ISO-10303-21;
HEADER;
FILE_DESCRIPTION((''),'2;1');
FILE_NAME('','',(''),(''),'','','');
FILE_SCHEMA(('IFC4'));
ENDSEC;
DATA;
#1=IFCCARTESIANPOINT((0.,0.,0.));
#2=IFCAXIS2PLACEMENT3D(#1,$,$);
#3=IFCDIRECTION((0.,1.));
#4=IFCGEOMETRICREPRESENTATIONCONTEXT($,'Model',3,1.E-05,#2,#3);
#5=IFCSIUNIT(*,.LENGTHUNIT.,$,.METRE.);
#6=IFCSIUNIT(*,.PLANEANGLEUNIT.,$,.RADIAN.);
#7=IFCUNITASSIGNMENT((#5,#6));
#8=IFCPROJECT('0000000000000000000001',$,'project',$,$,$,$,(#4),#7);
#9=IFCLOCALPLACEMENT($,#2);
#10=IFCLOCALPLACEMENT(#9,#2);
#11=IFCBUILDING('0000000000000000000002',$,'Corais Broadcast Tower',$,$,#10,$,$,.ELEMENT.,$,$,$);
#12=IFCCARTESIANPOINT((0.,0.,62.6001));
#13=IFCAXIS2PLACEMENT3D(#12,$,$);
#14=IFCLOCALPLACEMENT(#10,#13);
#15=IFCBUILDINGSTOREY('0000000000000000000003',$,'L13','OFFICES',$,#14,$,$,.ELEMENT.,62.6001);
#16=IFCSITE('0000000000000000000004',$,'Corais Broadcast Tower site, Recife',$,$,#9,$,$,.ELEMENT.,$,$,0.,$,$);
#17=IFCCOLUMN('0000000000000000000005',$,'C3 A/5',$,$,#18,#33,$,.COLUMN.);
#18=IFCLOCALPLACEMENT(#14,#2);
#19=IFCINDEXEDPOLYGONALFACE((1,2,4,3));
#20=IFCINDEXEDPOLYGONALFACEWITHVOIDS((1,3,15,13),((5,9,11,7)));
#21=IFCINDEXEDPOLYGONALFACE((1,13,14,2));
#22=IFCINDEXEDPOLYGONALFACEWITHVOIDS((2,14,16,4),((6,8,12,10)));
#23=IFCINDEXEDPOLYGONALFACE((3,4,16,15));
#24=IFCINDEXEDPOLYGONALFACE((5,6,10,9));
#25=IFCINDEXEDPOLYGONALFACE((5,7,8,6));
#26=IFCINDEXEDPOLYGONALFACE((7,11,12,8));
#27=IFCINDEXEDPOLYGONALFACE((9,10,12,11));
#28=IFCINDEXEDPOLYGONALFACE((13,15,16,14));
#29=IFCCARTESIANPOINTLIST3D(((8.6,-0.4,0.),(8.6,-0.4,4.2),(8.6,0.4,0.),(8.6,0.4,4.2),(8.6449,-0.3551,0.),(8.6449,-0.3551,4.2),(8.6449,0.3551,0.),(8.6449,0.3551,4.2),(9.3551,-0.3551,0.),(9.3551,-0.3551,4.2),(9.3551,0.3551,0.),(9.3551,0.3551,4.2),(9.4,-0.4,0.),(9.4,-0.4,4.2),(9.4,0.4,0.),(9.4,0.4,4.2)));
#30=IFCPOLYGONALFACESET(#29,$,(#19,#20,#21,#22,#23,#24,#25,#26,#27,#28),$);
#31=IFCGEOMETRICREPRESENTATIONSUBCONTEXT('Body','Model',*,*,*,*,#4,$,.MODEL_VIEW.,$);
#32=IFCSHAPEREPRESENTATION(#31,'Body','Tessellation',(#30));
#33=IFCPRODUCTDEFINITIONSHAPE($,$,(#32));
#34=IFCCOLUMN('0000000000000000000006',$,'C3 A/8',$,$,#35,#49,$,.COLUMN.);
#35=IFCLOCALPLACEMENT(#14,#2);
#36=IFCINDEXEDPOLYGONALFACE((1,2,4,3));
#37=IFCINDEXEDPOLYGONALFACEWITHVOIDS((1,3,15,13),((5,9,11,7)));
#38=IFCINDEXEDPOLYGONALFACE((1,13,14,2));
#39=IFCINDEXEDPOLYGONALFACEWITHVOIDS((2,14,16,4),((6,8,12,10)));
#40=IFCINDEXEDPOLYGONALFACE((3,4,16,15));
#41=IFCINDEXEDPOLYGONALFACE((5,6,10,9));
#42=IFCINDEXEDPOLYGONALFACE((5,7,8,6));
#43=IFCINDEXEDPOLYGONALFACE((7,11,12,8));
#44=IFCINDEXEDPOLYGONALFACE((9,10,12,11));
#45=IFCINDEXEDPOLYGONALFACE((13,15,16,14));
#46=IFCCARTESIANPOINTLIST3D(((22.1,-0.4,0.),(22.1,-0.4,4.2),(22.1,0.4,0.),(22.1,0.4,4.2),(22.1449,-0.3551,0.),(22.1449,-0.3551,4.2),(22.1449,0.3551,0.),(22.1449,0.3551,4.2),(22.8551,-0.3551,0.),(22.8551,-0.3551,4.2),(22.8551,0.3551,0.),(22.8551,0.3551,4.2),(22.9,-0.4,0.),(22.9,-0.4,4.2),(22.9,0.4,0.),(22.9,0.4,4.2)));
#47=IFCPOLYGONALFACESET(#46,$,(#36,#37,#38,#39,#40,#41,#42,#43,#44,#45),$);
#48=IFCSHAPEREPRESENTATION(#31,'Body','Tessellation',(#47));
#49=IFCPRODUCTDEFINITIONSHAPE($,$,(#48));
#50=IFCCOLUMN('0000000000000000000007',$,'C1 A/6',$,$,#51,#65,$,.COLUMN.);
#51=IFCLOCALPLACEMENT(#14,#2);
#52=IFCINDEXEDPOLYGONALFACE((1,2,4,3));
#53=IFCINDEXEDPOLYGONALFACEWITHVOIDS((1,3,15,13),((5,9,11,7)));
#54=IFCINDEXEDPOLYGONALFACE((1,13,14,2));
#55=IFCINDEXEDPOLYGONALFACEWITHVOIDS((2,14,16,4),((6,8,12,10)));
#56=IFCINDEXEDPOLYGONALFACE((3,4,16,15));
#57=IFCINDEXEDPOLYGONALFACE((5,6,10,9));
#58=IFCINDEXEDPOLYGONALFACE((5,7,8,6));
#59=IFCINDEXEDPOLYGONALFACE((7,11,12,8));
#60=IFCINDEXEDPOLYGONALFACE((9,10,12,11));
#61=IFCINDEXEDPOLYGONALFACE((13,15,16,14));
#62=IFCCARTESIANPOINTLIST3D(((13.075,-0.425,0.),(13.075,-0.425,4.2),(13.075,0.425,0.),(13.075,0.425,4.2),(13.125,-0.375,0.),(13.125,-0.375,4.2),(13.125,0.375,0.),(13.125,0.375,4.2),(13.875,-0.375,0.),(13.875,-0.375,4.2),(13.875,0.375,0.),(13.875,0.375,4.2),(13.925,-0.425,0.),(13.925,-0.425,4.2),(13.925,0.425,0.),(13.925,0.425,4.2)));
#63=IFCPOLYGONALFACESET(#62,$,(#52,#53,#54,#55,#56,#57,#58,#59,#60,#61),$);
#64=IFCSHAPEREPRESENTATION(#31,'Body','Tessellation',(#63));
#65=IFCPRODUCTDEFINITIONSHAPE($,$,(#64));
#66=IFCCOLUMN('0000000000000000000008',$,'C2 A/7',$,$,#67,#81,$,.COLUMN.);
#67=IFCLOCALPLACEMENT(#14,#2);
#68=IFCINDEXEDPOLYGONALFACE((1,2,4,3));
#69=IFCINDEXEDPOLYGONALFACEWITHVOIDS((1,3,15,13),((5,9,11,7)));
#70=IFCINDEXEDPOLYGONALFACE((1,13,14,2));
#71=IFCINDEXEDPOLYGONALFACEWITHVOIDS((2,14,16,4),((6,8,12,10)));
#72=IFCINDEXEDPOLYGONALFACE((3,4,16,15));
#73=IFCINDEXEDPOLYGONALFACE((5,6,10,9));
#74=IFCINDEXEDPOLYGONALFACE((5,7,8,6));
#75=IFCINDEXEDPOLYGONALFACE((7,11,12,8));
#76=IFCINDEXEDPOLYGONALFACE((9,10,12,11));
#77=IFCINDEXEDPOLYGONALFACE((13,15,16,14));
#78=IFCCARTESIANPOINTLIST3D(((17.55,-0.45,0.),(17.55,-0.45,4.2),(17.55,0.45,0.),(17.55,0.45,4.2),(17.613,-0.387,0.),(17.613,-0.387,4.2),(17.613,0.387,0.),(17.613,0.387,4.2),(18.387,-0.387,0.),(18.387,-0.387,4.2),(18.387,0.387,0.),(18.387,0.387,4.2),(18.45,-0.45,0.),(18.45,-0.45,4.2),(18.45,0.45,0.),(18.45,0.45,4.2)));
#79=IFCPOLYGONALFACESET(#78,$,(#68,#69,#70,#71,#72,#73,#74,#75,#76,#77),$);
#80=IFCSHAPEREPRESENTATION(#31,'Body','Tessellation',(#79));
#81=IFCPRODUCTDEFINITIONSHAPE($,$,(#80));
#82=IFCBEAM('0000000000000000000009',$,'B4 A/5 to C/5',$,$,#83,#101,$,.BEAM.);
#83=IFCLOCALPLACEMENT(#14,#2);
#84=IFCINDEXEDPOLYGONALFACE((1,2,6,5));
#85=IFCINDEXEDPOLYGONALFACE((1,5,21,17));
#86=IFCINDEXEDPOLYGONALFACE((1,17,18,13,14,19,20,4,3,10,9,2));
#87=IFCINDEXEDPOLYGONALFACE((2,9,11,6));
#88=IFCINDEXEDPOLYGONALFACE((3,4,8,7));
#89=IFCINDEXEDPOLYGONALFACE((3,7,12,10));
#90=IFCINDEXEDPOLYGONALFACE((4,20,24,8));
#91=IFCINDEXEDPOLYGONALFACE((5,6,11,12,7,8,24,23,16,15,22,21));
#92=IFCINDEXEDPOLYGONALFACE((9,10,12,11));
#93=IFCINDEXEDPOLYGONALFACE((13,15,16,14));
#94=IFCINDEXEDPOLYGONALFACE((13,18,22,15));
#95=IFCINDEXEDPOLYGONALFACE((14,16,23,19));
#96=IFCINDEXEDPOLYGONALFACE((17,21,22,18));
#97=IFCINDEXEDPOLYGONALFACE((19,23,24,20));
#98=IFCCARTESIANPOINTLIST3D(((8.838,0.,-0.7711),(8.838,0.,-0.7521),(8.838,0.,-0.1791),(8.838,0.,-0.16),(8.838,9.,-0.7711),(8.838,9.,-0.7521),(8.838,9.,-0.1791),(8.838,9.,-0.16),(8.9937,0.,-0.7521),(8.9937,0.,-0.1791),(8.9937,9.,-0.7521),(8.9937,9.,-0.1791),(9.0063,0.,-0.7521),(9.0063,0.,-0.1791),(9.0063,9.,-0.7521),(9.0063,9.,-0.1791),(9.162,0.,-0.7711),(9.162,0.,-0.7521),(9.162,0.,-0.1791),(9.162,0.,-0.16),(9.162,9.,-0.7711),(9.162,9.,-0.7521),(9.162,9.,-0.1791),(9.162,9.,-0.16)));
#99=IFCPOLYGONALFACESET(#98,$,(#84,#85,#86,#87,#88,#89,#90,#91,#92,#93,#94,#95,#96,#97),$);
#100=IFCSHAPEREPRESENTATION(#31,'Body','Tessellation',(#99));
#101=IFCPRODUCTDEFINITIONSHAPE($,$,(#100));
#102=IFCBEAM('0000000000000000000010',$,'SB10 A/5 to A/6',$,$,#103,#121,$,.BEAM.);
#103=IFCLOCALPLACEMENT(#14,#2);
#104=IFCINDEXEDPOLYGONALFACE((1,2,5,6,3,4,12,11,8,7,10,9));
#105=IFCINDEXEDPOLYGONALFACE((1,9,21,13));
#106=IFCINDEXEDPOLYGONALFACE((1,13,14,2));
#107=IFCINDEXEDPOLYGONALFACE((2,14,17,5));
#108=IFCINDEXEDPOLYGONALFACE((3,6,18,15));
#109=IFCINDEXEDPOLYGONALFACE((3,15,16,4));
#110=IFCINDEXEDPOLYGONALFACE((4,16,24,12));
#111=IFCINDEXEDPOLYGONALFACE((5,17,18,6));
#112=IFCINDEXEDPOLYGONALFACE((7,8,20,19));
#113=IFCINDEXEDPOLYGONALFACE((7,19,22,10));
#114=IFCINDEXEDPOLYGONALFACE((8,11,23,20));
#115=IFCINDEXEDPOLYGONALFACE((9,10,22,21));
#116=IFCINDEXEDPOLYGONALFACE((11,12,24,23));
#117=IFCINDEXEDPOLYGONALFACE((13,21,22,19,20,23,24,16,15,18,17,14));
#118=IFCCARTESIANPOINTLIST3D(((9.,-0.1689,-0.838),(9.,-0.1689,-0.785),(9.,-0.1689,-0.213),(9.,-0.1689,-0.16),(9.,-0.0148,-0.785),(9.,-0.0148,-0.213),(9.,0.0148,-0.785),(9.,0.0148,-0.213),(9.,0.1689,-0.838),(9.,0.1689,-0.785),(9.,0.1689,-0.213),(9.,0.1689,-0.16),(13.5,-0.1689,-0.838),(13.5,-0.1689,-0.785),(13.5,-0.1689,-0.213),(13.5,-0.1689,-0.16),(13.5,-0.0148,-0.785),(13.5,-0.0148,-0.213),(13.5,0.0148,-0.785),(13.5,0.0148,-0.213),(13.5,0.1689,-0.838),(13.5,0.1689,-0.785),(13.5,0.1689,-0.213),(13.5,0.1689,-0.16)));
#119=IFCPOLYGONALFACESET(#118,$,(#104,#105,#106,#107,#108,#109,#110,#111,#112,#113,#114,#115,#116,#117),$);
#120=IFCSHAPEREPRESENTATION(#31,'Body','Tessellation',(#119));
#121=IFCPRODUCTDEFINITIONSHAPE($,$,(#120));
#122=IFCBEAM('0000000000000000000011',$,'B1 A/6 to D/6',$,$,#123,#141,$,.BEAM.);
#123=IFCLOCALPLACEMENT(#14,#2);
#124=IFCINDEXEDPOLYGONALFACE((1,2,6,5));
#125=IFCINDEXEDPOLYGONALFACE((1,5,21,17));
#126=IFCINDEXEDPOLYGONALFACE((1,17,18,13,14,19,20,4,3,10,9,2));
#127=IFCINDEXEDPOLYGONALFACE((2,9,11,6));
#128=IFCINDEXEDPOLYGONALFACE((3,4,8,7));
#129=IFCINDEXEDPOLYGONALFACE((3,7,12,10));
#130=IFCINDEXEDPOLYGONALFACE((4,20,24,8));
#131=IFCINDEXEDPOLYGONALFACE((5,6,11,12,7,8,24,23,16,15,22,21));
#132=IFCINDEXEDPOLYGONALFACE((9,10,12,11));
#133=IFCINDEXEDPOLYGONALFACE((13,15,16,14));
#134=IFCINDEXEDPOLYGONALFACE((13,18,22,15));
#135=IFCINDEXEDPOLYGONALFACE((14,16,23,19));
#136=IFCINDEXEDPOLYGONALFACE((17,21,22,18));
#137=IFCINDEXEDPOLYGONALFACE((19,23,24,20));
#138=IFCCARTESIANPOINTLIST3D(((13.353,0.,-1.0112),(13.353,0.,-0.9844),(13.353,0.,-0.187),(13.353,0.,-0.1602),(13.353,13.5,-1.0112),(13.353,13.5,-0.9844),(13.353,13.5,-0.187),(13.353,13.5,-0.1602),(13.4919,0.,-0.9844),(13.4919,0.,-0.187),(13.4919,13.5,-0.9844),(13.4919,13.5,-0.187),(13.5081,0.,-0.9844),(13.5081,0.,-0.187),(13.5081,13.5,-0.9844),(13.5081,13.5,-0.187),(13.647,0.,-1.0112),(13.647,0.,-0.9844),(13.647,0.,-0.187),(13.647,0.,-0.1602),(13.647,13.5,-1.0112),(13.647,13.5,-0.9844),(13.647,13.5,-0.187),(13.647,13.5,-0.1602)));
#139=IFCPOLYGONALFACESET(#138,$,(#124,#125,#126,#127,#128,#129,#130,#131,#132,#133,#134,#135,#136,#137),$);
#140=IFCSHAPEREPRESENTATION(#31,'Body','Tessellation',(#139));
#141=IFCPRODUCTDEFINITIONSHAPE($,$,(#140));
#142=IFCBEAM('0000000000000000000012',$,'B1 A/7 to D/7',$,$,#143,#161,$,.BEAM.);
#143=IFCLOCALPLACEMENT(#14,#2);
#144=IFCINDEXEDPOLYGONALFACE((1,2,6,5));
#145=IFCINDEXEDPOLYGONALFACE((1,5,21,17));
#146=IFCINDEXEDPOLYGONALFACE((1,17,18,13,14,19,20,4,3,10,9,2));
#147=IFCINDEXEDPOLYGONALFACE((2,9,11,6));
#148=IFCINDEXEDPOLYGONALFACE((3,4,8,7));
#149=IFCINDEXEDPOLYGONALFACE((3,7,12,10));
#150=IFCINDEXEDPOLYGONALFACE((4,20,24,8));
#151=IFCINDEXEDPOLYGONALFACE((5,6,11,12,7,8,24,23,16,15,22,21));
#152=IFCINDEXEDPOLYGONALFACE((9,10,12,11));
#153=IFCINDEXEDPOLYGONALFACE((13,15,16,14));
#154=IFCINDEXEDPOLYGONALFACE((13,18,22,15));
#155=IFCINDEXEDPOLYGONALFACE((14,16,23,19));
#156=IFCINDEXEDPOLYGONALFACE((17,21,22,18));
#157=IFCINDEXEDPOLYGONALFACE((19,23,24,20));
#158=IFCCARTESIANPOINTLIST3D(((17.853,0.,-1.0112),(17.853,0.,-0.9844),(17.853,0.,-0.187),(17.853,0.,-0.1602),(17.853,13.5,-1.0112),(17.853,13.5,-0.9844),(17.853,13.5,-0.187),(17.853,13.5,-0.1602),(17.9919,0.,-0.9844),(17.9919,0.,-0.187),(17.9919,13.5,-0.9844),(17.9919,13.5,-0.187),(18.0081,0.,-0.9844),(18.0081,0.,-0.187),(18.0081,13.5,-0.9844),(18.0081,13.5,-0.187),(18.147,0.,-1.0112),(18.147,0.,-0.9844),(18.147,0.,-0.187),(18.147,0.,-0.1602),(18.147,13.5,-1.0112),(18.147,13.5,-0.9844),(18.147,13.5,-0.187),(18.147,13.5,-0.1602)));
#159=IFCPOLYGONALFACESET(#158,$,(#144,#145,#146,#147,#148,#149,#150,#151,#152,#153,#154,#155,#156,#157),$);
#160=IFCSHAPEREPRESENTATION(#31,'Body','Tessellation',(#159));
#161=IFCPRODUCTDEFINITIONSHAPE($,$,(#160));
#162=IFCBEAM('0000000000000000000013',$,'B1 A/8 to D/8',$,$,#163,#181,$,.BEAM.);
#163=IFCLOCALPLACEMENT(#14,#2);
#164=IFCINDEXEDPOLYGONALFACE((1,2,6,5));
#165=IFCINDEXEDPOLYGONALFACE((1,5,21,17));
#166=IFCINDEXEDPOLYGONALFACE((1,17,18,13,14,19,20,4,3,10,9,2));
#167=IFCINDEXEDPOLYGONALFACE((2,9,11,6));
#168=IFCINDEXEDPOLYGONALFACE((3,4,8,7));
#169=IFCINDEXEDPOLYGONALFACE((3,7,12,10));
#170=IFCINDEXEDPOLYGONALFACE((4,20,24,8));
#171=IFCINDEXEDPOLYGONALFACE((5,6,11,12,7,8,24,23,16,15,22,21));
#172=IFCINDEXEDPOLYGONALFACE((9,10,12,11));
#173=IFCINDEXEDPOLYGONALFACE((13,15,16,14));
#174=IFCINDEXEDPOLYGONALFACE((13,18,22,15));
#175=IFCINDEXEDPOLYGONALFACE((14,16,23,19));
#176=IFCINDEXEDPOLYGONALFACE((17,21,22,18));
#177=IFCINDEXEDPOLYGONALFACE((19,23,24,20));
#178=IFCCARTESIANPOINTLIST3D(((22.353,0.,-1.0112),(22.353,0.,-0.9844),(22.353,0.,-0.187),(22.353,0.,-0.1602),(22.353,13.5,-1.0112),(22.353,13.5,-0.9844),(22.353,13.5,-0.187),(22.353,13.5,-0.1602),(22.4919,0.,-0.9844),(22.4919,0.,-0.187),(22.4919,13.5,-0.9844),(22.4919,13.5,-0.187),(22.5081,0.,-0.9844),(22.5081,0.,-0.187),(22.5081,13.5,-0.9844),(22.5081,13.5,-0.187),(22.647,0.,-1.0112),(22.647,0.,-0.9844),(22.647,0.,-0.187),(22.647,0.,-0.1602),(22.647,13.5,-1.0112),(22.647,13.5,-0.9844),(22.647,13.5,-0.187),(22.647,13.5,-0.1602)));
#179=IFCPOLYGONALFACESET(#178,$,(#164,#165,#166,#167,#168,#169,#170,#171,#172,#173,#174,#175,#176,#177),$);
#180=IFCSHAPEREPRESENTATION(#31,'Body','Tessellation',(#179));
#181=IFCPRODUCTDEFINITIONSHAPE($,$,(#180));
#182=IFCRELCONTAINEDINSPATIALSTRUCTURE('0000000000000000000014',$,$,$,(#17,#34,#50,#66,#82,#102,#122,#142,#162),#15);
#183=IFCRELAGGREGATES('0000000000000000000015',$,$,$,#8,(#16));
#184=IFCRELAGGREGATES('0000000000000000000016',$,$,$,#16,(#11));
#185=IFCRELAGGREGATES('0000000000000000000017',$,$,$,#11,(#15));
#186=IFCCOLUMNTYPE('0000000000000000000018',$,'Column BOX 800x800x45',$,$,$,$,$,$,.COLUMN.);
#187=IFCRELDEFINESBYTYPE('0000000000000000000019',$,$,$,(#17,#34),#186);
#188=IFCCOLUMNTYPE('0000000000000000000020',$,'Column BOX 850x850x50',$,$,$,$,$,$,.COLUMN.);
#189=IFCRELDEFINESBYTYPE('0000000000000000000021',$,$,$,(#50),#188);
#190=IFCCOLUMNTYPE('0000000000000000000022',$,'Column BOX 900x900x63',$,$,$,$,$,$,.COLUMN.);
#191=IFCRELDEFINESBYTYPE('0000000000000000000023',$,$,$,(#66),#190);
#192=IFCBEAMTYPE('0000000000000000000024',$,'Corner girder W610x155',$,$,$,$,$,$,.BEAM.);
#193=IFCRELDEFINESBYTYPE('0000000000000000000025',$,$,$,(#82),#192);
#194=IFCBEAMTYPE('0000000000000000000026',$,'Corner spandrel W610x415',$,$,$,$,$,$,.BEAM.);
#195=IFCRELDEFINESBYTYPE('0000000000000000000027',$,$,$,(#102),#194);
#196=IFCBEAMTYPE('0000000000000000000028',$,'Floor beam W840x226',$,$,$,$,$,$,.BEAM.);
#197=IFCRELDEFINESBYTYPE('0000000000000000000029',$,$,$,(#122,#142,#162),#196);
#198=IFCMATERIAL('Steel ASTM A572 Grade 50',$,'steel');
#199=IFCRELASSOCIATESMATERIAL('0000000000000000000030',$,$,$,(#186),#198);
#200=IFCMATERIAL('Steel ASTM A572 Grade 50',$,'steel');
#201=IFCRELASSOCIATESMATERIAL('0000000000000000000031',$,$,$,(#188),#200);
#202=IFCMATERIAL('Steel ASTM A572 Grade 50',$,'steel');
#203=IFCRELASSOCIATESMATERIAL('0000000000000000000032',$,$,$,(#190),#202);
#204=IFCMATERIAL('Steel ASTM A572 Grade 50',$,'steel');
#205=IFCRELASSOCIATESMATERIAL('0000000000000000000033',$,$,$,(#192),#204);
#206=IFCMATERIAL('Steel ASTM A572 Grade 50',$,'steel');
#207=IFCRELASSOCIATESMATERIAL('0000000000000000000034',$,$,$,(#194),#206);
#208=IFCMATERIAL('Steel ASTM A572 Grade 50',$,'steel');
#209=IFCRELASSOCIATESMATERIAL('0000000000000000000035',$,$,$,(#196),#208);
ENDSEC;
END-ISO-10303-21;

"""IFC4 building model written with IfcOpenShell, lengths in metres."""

from ifc_helpers import new_model, si_unit, direction, frame, origin, origin_2d, place, context, subcontext, project, spatial, hollow_rectangle, i_section, extrude, material, material_profile, profile_set, type_object, element, save


model = new_model("IFC4")

# Units and contexts
model_context = context("Model", 3, precision=1e-05, world=origin(), true_north=direction((0.0, 1.0)))
body_context = subcontext(model_context, "Body", "Model", "MODEL_VIEW")
ifc_project = project(units=[si_unit("LENGTHUNIT", "METRE"), si_unit("PLANEANGLEUNIT", "RADIAN")], contexts=[model_context])

# Site, building, storey
site_placement = place(None, origin())
site = spatial("IfcSite", under=ifc_project, at=site_placement, Name="Corais Broadcast Tower site, Recife", CompositionType="ELEMENT", RefElevation=0.0)
building_placement = place(site_placement, origin())
building = spatial("IfcBuilding", under=site, at=building_placement, Name="Corais Broadcast Tower", CompositionType="ELEMENT")
storey_placement = place(building_placement, frame((0.0, 0.0, 62.6001)))
storey = spatial("IfcBuildingStorey", under=building, at=storey_placement, Name="L13", Description="OFFICES", CompositionType="ELEMENT", Elevation=62.6001)

# Columns
ifc_material_1 = material(Name="Steel ASTM A572 Grade 50", Category="steel")
ifc_material_profile_1 = material_profile(ifc_material_1, hollow_rectangle(XDim=0.8, YDim=0.8, WallThickness=0.0449, at=origin_2d()), Name="BOX 800x800x45")
ifc_profile_set_1 = profile_set([ifc_material_profile_1], Name="Steel ASTM A572 Grade 50")
column_type_1 = type_object("IfcColumnType", Name="Column BOX 800x800x45", PredefinedType="COLUMN", material=ifc_profile_set_1)
for number, where, z_axis, x_axis, name in (
    (1, (9.0, 0.0, 0.0), (0.0, 0.0, 1.0), (1.0, 0.0, 0.0), "C3 A/5"),
    (2, (22.5, 0.0, 0.0), (0.0, 0.0, 1.0), (1.0, 0.0, 0.0), "C3 A/8"),
):
    element("IfcColumn", number, at=place(storey_placement, frame(where, z_axis=z_axis, x_axis=x_axis)), inside=storey, type_object=column_type_1, Name=name, PredefinedType="COLUMN", context=body_context, shape_type="SweptSolid", body=[
        extrude(hollow_rectangle(XDim=0.8, YDim=0.8, WallThickness=0.0449, at=origin_2d()), origin(), (0.0, 0.0, 1.0), 4.2),
    ])
ifc_material_2 = material(Name="Steel ASTM A572 Grade 50", Category="steel")
ifc_material_profile_2 = material_profile(ifc_material_2, hollow_rectangle(XDim=0.8501, YDim=0.8501, WallThickness=0.05, at=origin_2d()), Name="BOX 850x850x50")
ifc_profile_set_2 = profile_set([ifc_material_profile_2], Name="Steel ASTM A572 Grade 50")
column_type_2 = type_object("IfcColumnType", Name="Column BOX 850x850x50", PredefinedType="COLUMN", material=ifc_profile_set_2)
column_1_placement = place(storey_placement, frame((13.5, 0.0, 0.0), z_axis=(0.0, 0.0, 1.0), x_axis=(1.0, 0.0, 0.0)))
element("IfcColumn", 3, at=column_1_placement, inside=storey, type_object=column_type_2, Name="C1 A/6", PredefinedType="COLUMN", context=body_context, shape_type="SweptSolid", body=[
    extrude(hollow_rectangle(XDim=0.8501, YDim=0.8501, WallThickness=0.05, at=origin_2d()), origin(), (0.0, 0.0, 1.0), 4.2),
])
ifc_material_3 = material(Name="Steel ASTM A572 Grade 50", Category="steel")
ifc_material_profile_3 = material_profile(ifc_material_3, hollow_rectangle(XDim=0.8999, YDim=0.8999, WallThickness=0.063, at=origin_2d()), Name="BOX 900x900x63")
ifc_profile_set_3 = profile_set([ifc_material_profile_3], Name="Steel ASTM A572 Grade 50")
column_type_3 = type_object("IfcColumnType", Name="Column BOX 900x900x63", PredefinedType="COLUMN", material=ifc_profile_set_3)
column_2_placement = place(storey_placement, frame((18.0, 0.0, 0.0), z_axis=(0.0, 0.0, 1.0), x_axis=(1.0, 0.0, 0.0)))
element("IfcColumn", 4, at=column_2_placement, inside=storey, type_object=column_type_3, Name="C2 A/7", PredefinedType="COLUMN", context=body_context, shape_type="SweptSolid", body=[
    extrude(hollow_rectangle(XDim=0.8999, YDim=0.8999, WallThickness=0.063, at=origin_2d()), origin(), (0.0, 0.0, 1.0), 4.2),
])

# Beams
ifc_material_4 = material(Name="Steel ASTM A572 Grade 50", Category="steel")
ifc_material_profile_4 = material_profile(ifc_material_4, i_section(OverallWidth=0.324, OverallDepth=0.6111, WebThickness=0.0127, FlangeThickness=0.019, at=origin_2d()), Name="W610x155")
ifc_profile_set_4 = profile_set([ifc_material_profile_4], Name="Steel ASTM A572 Grade 50")
beam_type_1 = type_object("IfcBeamType", Name="Corner girder W610x155", PredefinedType="BEAM", material=ifc_profile_set_4)
beam_1_placement = place(storey_placement, frame((9.0, 0.0, -0.4656), z_axis=(0.0, 1.0, 0.0), x_axis=(-1.0, 0.0, 0.0)))
element("IfcBeam", 5, at=beam_1_placement, inside=storey, type_object=beam_type_1, Name="B4 A/5 to C/5", PredefinedType="BEAM", context=body_context, shape_type="SweptSolid", body=[
    extrude(i_section(OverallWidth=0.324, OverallDepth=0.6111, WebThickness=0.0127, FlangeThickness=0.019, at=origin_2d()), origin(), (0.0, 0.0, 1.0), 9.0),
])
ifc_material_5 = material(Name="Steel ASTM A572 Grade 50", Category="steel")
ifc_material_profile_5 = material_profile(ifc_material_5, i_section(OverallWidth=0.3379, OverallDepth=0.678, WebThickness=0.0295, FlangeThickness=0.053, at=origin_2d()), Name="W610x415")
ifc_profile_set_5 = profile_set([ifc_material_profile_5], Name="Steel ASTM A572 Grade 50")
beam_type_2 = type_object("IfcBeamType", Name="Corner spandrel W610x415", PredefinedType="BEAM", material=ifc_profile_set_5)
beam_2_placement = place(storey_placement, frame((9.0, 0.0, -0.499), z_axis=(1.0, 0.0, 0.0), x_axis=(0.0, 1.0, 0.0)))
element("IfcBeam", 6, at=beam_2_placement, inside=storey, type_object=beam_type_2, Name="SB10 A/5 to A/6", PredefinedType="BEAM", context=body_context, shape_type="SweptSolid", body=[
    extrude(i_section(OverallWidth=0.3379, OverallDepth=0.678, WebThickness=0.0295, FlangeThickness=0.053, at=origin_2d()), origin(), (0.0, 0.0, 1.0), 4.5),
])
ifc_material_6 = material(Name="Steel ASTM A572 Grade 50", Category="steel")
ifc_material_profile_6 = material_profile(ifc_material_6, i_section(OverallWidth=0.2939, OverallDepth=0.8511, WebThickness=0.0161, FlangeThickness=0.0269, at=origin_2d()), Name="W840x226")
ifc_profile_set_6 = profile_set([ifc_material_profile_6], Name="Steel ASTM A572 Grade 50")
beam_type_3 = type_object("IfcBeamType", Name="Floor beam W840x226", PredefinedType="BEAM", material=ifc_profile_set_6)
for number, where, z_axis, x_axis, name in (
    (7, (13.5, 0.0, -0.5857), (0.0, 1.0, 0.0), (-1.0, 0.0, 0.0), "B1 A/6 to D/6"),
    (8, (18.0, 0.0, -0.5857), (0.0, 1.0, 0.0), (-1.0, 0.0, 0.0), "B1 A/7 to D/7"),
    (9, (22.5, 0.0, -0.5857), (0.0, 1.0, 0.0), (-1.0, 0.0, 0.0), "B1 A/8 to D/8"),
):
    element("IfcBeam", number, at=place(storey_placement, frame(where, z_axis=z_axis, x_axis=x_axis)), inside=storey, type_object=beam_type_3, Name=name, PredefinedType="BEAM", context=body_context, shape_type="SweptSolid", body=[
        extrude(i_section(OverallWidth=0.2939, OverallDepth=0.8511, WebThickness=0.0161, FlangeThickness=0.0269, at=origin_2d()), origin(), (0.0, 0.0, 1.0), 13.5),
    ])

save(model, "model.ifc")
